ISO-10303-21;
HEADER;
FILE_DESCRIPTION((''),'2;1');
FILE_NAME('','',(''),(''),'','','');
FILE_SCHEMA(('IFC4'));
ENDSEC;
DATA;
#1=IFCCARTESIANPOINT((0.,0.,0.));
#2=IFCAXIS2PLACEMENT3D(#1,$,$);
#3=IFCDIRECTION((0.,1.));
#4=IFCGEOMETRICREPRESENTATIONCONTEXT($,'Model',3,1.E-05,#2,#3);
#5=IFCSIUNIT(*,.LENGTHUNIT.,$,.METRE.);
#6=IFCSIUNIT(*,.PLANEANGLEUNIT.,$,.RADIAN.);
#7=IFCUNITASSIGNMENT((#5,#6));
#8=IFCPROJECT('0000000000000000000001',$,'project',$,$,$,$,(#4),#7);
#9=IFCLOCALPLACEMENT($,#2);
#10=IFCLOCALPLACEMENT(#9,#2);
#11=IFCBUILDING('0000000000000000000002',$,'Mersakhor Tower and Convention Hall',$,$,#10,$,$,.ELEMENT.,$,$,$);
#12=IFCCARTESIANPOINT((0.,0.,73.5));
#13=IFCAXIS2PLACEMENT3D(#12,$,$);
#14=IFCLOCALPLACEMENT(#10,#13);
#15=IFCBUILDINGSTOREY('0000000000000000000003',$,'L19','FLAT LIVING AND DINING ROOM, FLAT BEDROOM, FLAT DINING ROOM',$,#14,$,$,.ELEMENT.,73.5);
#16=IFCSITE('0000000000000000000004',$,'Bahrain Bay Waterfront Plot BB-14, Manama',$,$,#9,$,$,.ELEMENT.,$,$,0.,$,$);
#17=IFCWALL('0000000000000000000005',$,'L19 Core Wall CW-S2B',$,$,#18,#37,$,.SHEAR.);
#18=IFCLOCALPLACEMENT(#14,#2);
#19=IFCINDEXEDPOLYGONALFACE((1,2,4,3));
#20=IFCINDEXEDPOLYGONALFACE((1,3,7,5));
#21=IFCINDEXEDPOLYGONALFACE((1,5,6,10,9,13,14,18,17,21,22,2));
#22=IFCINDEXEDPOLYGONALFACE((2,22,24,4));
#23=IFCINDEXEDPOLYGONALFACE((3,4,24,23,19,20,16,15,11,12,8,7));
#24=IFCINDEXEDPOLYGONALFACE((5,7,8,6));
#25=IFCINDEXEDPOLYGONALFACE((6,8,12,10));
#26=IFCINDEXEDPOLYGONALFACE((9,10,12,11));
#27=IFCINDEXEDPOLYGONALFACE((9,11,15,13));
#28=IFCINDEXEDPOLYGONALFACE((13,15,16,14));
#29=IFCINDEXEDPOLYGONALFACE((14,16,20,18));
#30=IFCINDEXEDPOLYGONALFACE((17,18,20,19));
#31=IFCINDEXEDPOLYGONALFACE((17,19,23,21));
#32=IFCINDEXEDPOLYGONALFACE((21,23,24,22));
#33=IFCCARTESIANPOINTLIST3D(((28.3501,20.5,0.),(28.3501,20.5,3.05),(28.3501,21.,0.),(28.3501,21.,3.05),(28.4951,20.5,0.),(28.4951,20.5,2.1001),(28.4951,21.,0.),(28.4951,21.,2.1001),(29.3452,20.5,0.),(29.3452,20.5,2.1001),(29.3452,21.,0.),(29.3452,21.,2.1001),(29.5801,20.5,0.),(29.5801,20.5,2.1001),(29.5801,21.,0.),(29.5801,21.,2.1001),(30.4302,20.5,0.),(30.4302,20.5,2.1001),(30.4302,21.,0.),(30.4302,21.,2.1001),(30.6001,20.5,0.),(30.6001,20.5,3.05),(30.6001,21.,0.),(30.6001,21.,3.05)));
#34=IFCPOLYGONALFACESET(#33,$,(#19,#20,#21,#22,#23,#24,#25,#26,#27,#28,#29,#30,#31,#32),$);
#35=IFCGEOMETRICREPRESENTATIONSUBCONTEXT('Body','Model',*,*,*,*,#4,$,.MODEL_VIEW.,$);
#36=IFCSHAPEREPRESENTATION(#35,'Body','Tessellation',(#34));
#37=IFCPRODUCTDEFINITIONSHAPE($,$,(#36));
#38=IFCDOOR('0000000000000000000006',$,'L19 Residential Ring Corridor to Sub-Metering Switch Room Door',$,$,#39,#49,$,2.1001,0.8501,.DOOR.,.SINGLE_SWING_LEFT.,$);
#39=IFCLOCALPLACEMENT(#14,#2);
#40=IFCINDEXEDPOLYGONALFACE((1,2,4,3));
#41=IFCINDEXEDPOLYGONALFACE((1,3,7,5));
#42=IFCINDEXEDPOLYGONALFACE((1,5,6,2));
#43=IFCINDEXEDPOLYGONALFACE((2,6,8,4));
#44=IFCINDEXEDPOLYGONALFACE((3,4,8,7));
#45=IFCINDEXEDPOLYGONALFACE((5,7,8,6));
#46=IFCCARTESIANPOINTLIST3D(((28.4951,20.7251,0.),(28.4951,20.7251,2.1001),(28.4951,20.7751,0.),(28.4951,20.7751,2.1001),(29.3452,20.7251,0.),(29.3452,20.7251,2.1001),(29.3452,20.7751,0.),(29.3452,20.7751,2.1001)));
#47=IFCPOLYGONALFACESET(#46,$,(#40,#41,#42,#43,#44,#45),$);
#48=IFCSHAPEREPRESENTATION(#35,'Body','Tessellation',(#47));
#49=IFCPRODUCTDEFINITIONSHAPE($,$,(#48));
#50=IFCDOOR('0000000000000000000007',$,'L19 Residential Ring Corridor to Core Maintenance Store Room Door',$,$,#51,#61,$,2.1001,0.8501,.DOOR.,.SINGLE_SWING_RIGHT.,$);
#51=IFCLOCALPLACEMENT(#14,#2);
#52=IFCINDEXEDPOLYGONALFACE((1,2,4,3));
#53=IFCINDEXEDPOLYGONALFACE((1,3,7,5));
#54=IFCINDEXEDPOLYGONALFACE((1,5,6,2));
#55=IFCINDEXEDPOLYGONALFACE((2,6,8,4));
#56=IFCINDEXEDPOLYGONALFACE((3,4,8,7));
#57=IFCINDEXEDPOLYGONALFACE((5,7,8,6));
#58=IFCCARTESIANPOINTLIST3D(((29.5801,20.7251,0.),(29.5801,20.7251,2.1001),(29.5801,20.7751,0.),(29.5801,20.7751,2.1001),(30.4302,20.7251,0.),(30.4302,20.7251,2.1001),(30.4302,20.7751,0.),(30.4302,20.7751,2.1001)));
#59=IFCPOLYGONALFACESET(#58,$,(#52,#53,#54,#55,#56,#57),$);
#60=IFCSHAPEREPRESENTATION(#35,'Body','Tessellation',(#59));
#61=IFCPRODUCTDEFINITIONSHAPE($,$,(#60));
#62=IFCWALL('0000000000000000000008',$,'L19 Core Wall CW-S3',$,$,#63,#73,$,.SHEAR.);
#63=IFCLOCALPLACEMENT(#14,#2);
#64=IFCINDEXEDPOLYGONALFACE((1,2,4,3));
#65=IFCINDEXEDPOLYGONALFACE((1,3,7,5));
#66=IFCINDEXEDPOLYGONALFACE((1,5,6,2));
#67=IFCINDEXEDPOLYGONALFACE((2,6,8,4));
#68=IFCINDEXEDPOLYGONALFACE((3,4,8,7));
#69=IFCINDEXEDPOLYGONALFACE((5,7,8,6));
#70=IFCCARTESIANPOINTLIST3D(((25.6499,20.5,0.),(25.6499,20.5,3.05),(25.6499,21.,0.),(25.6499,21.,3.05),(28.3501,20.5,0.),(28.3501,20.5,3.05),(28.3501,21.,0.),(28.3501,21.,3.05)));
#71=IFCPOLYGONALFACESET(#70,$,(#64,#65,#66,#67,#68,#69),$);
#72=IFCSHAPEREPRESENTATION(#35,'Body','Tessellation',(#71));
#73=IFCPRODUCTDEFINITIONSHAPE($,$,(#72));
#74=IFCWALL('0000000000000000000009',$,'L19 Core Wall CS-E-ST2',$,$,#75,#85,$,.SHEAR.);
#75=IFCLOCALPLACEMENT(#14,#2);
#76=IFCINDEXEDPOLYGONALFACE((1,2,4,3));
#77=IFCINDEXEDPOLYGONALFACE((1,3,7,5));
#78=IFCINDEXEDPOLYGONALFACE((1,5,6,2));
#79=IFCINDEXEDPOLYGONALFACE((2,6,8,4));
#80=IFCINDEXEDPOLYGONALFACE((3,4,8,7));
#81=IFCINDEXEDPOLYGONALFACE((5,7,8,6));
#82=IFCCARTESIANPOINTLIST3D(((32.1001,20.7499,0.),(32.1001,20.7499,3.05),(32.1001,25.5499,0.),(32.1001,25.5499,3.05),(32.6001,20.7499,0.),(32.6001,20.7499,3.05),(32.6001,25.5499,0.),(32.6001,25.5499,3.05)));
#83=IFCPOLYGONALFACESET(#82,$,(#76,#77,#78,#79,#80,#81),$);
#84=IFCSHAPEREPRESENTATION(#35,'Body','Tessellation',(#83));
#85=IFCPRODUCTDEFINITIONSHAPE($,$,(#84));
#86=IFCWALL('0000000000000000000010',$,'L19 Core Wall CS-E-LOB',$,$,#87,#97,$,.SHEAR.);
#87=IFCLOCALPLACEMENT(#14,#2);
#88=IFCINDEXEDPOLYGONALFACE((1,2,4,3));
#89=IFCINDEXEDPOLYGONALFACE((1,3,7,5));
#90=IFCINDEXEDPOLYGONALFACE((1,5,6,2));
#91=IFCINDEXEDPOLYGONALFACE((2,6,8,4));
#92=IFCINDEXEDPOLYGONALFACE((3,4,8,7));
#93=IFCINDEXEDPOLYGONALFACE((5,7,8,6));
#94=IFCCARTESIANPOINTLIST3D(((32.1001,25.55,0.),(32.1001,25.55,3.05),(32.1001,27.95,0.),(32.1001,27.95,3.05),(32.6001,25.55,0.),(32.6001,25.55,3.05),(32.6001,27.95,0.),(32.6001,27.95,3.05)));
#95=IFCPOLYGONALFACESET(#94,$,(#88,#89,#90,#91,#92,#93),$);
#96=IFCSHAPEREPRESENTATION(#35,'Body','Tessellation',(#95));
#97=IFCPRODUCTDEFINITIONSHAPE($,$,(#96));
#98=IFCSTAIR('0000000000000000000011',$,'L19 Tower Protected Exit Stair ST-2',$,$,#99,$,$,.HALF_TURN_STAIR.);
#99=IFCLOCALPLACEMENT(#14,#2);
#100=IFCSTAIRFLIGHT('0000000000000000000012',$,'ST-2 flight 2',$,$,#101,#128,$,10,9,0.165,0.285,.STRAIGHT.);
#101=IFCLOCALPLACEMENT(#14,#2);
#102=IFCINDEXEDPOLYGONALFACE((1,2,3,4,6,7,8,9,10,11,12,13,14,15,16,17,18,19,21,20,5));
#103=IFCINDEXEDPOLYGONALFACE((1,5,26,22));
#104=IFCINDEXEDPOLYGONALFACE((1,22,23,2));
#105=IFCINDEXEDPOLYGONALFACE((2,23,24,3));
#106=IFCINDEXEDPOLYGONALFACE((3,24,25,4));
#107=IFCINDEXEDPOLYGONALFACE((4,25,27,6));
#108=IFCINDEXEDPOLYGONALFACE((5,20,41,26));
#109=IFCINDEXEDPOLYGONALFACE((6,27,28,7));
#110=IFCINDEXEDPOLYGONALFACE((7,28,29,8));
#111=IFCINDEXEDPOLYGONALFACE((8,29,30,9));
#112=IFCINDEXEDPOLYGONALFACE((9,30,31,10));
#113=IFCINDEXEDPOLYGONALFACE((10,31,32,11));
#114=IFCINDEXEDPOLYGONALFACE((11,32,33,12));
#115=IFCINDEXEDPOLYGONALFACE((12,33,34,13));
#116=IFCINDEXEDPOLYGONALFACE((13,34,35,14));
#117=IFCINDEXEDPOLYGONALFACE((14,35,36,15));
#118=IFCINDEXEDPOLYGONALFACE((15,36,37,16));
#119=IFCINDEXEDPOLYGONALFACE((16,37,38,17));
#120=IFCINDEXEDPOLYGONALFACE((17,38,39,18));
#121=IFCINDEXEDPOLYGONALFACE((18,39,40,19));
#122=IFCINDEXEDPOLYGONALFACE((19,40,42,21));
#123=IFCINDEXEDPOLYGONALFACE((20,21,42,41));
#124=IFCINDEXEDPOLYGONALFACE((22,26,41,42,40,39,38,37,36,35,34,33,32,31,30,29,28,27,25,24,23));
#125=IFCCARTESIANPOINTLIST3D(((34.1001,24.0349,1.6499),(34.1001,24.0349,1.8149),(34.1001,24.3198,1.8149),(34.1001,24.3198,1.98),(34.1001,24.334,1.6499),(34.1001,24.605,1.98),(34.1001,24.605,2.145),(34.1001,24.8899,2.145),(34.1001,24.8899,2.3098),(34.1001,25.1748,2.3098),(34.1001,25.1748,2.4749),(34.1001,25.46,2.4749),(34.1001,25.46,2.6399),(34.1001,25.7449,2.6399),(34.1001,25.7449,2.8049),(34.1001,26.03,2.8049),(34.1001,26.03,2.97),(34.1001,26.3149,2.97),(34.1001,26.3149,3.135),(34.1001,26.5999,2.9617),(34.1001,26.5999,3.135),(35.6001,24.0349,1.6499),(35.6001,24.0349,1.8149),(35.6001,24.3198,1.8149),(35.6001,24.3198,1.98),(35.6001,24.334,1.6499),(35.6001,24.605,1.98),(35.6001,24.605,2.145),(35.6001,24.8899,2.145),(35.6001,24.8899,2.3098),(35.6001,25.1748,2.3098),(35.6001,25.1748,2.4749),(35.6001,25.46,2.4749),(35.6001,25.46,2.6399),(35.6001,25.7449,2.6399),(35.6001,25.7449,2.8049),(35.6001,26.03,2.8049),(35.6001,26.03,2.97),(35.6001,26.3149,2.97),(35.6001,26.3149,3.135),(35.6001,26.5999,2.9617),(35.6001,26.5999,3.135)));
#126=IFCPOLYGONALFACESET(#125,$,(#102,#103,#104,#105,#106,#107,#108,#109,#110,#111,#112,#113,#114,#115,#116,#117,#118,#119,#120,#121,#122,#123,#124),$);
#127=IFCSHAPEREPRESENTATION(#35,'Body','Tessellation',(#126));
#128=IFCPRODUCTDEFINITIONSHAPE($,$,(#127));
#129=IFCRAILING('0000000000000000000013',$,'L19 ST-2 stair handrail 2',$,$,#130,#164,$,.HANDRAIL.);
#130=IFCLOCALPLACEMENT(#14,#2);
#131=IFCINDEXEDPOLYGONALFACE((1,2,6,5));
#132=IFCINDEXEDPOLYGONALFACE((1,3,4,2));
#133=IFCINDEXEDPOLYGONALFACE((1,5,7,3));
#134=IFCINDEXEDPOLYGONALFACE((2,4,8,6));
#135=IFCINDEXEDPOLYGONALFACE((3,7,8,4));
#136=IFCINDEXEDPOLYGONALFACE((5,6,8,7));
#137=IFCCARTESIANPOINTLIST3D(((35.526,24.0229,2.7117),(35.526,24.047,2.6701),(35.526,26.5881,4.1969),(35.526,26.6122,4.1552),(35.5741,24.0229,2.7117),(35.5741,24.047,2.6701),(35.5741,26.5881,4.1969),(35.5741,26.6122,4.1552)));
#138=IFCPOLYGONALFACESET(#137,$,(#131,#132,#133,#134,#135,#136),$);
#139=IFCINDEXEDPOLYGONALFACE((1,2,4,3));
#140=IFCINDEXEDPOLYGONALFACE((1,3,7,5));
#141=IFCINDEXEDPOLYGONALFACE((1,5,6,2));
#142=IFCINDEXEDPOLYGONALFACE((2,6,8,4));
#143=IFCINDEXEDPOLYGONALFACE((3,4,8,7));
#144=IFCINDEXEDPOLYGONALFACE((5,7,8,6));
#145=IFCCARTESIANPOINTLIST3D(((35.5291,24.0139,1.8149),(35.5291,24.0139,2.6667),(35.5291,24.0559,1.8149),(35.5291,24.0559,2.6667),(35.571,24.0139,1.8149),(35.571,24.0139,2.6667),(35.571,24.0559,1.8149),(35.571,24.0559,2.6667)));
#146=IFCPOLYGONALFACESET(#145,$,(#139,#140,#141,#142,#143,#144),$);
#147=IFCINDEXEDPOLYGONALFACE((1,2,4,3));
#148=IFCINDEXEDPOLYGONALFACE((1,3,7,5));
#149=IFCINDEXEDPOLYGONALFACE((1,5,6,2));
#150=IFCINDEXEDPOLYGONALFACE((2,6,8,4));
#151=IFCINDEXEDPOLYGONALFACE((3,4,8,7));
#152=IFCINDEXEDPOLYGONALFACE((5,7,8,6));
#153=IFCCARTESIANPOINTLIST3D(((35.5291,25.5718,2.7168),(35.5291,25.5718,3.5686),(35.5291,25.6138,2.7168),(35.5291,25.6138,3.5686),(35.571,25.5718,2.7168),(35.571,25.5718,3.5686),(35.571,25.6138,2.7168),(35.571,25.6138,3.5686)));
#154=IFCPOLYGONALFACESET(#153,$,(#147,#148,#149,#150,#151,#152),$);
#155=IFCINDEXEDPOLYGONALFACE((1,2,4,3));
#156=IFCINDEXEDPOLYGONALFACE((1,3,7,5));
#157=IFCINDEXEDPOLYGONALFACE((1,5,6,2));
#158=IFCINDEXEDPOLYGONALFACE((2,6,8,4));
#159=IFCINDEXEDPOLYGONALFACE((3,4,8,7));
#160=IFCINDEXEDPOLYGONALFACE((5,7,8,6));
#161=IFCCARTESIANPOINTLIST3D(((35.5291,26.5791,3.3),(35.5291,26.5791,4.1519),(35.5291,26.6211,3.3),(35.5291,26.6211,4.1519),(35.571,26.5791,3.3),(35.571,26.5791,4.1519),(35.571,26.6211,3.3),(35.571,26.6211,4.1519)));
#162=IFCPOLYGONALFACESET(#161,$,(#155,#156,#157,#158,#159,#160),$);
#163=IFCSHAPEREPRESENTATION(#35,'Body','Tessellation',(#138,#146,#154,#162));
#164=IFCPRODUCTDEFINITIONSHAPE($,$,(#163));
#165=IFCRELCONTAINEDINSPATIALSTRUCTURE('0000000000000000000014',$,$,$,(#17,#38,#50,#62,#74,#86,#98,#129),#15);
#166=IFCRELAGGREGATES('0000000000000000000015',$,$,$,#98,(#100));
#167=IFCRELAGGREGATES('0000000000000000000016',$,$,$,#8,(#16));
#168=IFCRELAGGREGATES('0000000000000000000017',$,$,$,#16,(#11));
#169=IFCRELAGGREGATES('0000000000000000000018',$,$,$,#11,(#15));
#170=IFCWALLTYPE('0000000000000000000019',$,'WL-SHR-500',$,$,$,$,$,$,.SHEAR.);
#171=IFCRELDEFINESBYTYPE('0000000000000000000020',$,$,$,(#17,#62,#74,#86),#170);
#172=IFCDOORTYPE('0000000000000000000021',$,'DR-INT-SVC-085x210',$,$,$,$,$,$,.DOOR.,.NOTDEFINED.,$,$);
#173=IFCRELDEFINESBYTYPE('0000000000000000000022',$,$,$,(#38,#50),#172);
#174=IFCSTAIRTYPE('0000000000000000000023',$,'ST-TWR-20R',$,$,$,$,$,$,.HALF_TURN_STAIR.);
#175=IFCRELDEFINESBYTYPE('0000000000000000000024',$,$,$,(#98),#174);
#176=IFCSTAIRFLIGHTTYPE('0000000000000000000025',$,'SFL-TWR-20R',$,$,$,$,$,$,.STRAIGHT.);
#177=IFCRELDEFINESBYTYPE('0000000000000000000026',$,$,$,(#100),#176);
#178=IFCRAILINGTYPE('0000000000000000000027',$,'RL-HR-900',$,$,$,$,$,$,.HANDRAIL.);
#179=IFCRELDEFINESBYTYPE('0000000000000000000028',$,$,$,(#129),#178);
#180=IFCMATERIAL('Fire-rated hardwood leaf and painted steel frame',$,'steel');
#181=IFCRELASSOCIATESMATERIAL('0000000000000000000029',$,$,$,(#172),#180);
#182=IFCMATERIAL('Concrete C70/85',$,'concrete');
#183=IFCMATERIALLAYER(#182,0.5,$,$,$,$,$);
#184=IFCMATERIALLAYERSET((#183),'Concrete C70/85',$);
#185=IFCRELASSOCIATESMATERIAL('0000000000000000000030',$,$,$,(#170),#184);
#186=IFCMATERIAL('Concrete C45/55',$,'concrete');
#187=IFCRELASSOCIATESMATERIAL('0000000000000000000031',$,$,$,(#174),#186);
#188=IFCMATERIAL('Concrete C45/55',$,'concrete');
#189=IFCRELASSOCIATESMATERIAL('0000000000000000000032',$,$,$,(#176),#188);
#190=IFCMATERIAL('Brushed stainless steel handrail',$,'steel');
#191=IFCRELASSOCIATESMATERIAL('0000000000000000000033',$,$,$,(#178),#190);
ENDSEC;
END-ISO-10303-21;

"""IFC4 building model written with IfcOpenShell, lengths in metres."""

from ifc_helpers import new_model, si_unit, direction, frame, frame_2d, origin, origin_2d, place, context, subcontext, project, spatial, polyline, rectangle, outline, extrude, material, layer, layer_set, type_object, element, fill, aggregate, save


model = new_model("IFC4")

# Units and contexts
model_context = context("Model", 3, precision=1e-05, world=origin(), true_north=direction((0.0, 1.0)))
body_context = subcontext(model_context, "Body", "Model", "MODEL_VIEW")
ifc_project = project(units=[si_unit("LENGTHUNIT", "METRE"), si_unit("PLANEANGLEUNIT", "RADIAN")], contexts=[model_context])

# Site, building, storey
site_placement = place(None, origin())
site = spatial("IfcSite", under=ifc_project, at=site_placement, Name="Bahrain Bay Waterfront Plot BB-14, Manama", CompositionType="ELEMENT", RefElevation=0.0)
building_placement = place(site_placement, origin())
building = spatial("IfcBuilding", under=site, at=building_placement, Name="Mersakhor Tower and Convention Hall", CompositionType="ELEMENT")
storey_placement = place(building_placement, frame((0.0, 0.0, 73.5)))
storey = spatial("IfcBuildingStorey", under=building, at=storey_placement, Name="L19", Description="FLAT LIVING AND DINING ROOM, FLAT BEDROOM, FLAT DINING ROOM", CompositionType="ELEMENT", Elevation=73.5)

# Shared definitions
ifc_material_1 = material(Name="Fire-rated hardwood leaf and painted steel frame", Category="steel")
door_type_1 = type_object("IfcDoorType", Name="DR-INT-SVC-085x210", OperationType="NOTDEFINED", PredefinedType="DOOR", material=ifc_material_1)

# Shared definitions
ifc_material_2 = material(Name="Concrete C70/85", Category="concrete")
ifc_layer_1 = layer(ifc_material_2, 0.5)
ifc_layer_set_1 = layer_set([ifc_layer_1], Name="Concrete C70/85")
wall_type_1 = type_object("IfcWallType", Name="WL-SHR-500", PredefinedType="SHEAR", material=ifc_layer_set_1)

# Wall, openings, doors
wall_1_placement = place(storey_placement, frame((30.6001, 20.75, 0.0), z_axis=(0.0, 0.0, 1.0), x_axis=(-1.0, 0.0, 0.0)))
wall_1 = element("IfcWall", 1, at=wall_1_placement, inside=storey, type_object=wall_type_1, Name="L19 Core Wall CW-S2B", PredefinedType="SHEAR", context=body_context, shape_type="SweptSolid", body=[
    extrude(rectangle(XDim=2.25, YDim=0.5, at=frame_2d((1.125, 0.0))), origin(), (0.0, 0.0, 1.0), 3.05),
])
opening_1_placement = place(wall_1_placement, frame((1.2549, 0.0, 0.0)))
opening_1 = element("IfcOpeningElement", 2, at=opening_1_placement, cuts=wall_1, PredefinedType="OPENING", context=body_context, shape_type="SweptSolid", body=[
    extrude(rectangle(XDim=0.8501, YDim=2.1001, at=frame_2d((0.425, 1.05))), frame((0.0, 0.26, 0.0), z_axis=(0.0, -1.0, 0.0), x_axis=(1.0, 0.0, 0.0)), (0.0, 0.0, 1.0), 0.52),
])
opening_2_placement = place(wall_1_placement, frame((0.1699, 0.0, 0.0)))
opening_2 = element("IfcOpeningElement", 3, at=opening_2_placement, cuts=wall_1, PredefinedType="OPENING", context=body_context, shape_type="SweptSolid", body=[
    extrude(rectangle(XDim=0.8501, YDim=2.1001, at=frame_2d((0.425, 1.05))), frame((0.0, 0.26, 0.0), z_axis=(0.0, -1.0, 0.0), x_axis=(1.0, 0.0, 0.0)), (0.0, 0.0, 1.0), 0.52),
])
door_1_placement = place(opening_1_placement, origin())
door_1 = element("IfcDoor", 4, at=door_1_placement, inside=storey, type_object=door_type_1, Name="L19 Residential Ring Corridor to Sub-Metering Switch Room Door", OperationType="SINGLE_SWING_LEFT", OverallHeight=2.1001, OverallWidth=0.8501, PredefinedType="DOOR", context=body_context, shape_type="SweptSolid", body=[
    extrude(rectangle(XDim=0.8501, YDim=2.1001, at=frame_2d((0.425, 1.05))), frame((0.0, 0.0249, 0.0), z_axis=(0.0, -1.0, 0.0), x_axis=(1.0, 0.0, 0.0)), (0.0, 0.0, 1.0), 0.05),
])
fill(opening_1, door_1)
door_2_placement = place(opening_2_placement, origin())
door_2 = element("IfcDoor", 5, at=door_2_placement, inside=storey, type_object=door_type_1, Name="L19 Residential Ring Corridor to Core Maintenance Store Room Door", OperationType="SINGLE_SWING_RIGHT", OverallHeight=2.1001, OverallWidth=0.8501, PredefinedType="DOOR", context=body_context, shape_type="SweptSolid", body=[
    extrude(rectangle(XDim=0.8501, YDim=2.1001, at=frame_2d((0.425, 1.05))), frame((0.0, 0.0249, 0.0), z_axis=(0.0, -1.0, 0.0), x_axis=(1.0, 0.0, 0.0)), (0.0, 0.0, 1.0), 0.05),
])
fill(opening_2, door_2)

# Walls
wall_2_placement = place(storey_placement, frame((28.3501, 20.75, 0.0), z_axis=(0.0, 0.0, 1.0), x_axis=(-1.0, 0.0, 0.0)))
element("IfcWall", 6, at=wall_2_placement, inside=storey, type_object=wall_type_1, Name="L19 Core Wall CW-S3", PredefinedType="SHEAR", context=body_context, shape_type="SweptSolid", body=[
    extrude(rectangle(XDim=2.7002, YDim=0.5, at=frame_2d((1.3501, 0.0))), origin(), (0.0, 0.0, 1.0), 3.05),
])
wall_3_placement = place(storey_placement, frame((32.3501, 20.75, 0.0), z_axis=(0.0, 0.0, 1.0), x_axis=(0.0, 1.0, 0.0)))
element("IfcWall", 7, at=wall_3_placement, inside=storey, type_object=wall_type_1, Name="L19 Core Wall CS-E-ST2", PredefinedType="SHEAR", context=body_context, shape_type="SweptSolid", body=[
    extrude(rectangle(XDim=4.8, YDim=0.5, at=frame_2d((2.3999, 0.0))), origin(), (0.0, 0.0, 1.0), 3.05),
])
wall_4_placement = place(storey_placement, frame((32.3501, 25.55, 0.0), z_axis=(0.0, 0.0, 1.0), x_axis=(0.0, 1.0, 0.0)))
element("IfcWall", 8, at=wall_4_placement, inside=storey, type_object=wall_type_1, Name="L19 Core Wall CS-E-LOB", PredefinedType="SHEAR", context=body_context, shape_type="SweptSolid", body=[
    extrude(rectangle(XDim=2.3999, YDim=0.5, at=frame_2d((1.2, 0.0))), origin(), (0.0, 0.0, 1.0), 3.05),
])

# Stair, stair flight
ifc_material_3 = material(Name="Concrete C45/55", Category="concrete")
stair_type = type_object("IfcStairType", Name="ST-TWR-20R", PredefinedType="HALF_TURN_STAIR", material=ifc_material_3)
stair_placement = place(storey_placement, origin())
stair = element("IfcStair", 9, at=stair_placement, inside=storey, type_object=stair_type, Name="L19 Tower Protected Exit Stair ST-2", PredefinedType="HALF_TURN_STAIR")
ifc_material_4 = material(Name="Concrete C45/55", Category="concrete")
stair_flight_type = type_object("IfcStairFlightType", Name="SFL-TWR-20R", PredefinedType="STRAIGHT", material=ifc_material_4)
stair_flight_placement = place(storey_placement, frame((34.8501, 24.0349, 1.6499), z_axis=(0.0, 0.0, 1.0), x_axis=(0.0, 1.0, 0.0)))
stair_flight = element("IfcStairFlight", 10, at=stair_flight_placement, type_object=stair_flight_type, Name="ST-2 flight 2", NumberOfRisers=10, NumberOfTreads=9, PredefinedType="STRAIGHT", RiserHeight=0.165, TreadLength=0.285, context=body_context, shape_type="SweptSolid", body=[
    extrude(outline(polyline([(0.0, 0.0), (0.0, 0.165), (0.2849, 0.165), (0.2849, 0.3301), (0.5701, 0.3301), (0.5701, 0.4951), (0.855, 0.4951), (0.855, 0.6599), (1.1399, 0.6599), (1.1399, 0.825), (1.425, 0.825), (1.425, 0.99), (1.71, 0.99), (1.71, 1.155), (1.9951, 1.155), (1.9951, 1.3201), (2.28, 1.3201), (2.28, 1.4851), (2.5649, 1.4851), (2.5649, 1.6499), (2.5649, 1.3118), (0.2991, 0.0), (0.0, 0.0)])), frame((0.0, 0.75, 0.0), z_axis=(0.0, -1.0, 0.0), x_axis=(1.0, 0.0, 0.0)), (0.0, 0.0, 1.0), 1.5),
])
aggregate(stair, [stair_flight])

# Railing
ifc_material_5 = material(Name="Brushed stainless steel handrail", Category="steel")
railing_type_1 = type_object("IfcRailingType", Name="RL-HR-900", PredefinedType="HANDRAIL", material=ifc_material_5)
railing_1_placement = place(storey_placement, frame((35.55, 24.0349, 1.8149)))
element("IfcRailing", 11, at=railing_1_placement, inside=storey, type_object=railing_type_1, Name="L19 ST-2 stair handrail 2", PredefinedType="HANDRAIL", context=body_context, shape_type="SweptSolid", body=[
    extrude(rectangle(XDim=0.0481, YDim=0.0481, at=origin_2d()), frame((0.0, 0.0, 0.876), z_axis=(0.0, 0.865426, 0.501036), x_axis=(-1.0, 0.0, 0.0)), (0.0, 0.0, 1.0), 2.9641),
    extrude(rectangle(XDim=0.042, YDim=0.042, at=origin_2d()), origin(), (0.0, 0.0, 1.0), 0.8518),
    extrude(rectangle(XDim=0.042, YDim=0.042, at=origin_2d()), frame((0.0, 1.5579, 0.9019)), (0.0, 0.0, 1.0), 0.8518),
    extrude(rectangle(XDim=0.042, YDim=0.042, at=origin_2d()), frame((0.0, 2.5652, 1.4851)), (0.0, 0.0, 1.0), 0.8518),
])

save(model, "model.ifc")
